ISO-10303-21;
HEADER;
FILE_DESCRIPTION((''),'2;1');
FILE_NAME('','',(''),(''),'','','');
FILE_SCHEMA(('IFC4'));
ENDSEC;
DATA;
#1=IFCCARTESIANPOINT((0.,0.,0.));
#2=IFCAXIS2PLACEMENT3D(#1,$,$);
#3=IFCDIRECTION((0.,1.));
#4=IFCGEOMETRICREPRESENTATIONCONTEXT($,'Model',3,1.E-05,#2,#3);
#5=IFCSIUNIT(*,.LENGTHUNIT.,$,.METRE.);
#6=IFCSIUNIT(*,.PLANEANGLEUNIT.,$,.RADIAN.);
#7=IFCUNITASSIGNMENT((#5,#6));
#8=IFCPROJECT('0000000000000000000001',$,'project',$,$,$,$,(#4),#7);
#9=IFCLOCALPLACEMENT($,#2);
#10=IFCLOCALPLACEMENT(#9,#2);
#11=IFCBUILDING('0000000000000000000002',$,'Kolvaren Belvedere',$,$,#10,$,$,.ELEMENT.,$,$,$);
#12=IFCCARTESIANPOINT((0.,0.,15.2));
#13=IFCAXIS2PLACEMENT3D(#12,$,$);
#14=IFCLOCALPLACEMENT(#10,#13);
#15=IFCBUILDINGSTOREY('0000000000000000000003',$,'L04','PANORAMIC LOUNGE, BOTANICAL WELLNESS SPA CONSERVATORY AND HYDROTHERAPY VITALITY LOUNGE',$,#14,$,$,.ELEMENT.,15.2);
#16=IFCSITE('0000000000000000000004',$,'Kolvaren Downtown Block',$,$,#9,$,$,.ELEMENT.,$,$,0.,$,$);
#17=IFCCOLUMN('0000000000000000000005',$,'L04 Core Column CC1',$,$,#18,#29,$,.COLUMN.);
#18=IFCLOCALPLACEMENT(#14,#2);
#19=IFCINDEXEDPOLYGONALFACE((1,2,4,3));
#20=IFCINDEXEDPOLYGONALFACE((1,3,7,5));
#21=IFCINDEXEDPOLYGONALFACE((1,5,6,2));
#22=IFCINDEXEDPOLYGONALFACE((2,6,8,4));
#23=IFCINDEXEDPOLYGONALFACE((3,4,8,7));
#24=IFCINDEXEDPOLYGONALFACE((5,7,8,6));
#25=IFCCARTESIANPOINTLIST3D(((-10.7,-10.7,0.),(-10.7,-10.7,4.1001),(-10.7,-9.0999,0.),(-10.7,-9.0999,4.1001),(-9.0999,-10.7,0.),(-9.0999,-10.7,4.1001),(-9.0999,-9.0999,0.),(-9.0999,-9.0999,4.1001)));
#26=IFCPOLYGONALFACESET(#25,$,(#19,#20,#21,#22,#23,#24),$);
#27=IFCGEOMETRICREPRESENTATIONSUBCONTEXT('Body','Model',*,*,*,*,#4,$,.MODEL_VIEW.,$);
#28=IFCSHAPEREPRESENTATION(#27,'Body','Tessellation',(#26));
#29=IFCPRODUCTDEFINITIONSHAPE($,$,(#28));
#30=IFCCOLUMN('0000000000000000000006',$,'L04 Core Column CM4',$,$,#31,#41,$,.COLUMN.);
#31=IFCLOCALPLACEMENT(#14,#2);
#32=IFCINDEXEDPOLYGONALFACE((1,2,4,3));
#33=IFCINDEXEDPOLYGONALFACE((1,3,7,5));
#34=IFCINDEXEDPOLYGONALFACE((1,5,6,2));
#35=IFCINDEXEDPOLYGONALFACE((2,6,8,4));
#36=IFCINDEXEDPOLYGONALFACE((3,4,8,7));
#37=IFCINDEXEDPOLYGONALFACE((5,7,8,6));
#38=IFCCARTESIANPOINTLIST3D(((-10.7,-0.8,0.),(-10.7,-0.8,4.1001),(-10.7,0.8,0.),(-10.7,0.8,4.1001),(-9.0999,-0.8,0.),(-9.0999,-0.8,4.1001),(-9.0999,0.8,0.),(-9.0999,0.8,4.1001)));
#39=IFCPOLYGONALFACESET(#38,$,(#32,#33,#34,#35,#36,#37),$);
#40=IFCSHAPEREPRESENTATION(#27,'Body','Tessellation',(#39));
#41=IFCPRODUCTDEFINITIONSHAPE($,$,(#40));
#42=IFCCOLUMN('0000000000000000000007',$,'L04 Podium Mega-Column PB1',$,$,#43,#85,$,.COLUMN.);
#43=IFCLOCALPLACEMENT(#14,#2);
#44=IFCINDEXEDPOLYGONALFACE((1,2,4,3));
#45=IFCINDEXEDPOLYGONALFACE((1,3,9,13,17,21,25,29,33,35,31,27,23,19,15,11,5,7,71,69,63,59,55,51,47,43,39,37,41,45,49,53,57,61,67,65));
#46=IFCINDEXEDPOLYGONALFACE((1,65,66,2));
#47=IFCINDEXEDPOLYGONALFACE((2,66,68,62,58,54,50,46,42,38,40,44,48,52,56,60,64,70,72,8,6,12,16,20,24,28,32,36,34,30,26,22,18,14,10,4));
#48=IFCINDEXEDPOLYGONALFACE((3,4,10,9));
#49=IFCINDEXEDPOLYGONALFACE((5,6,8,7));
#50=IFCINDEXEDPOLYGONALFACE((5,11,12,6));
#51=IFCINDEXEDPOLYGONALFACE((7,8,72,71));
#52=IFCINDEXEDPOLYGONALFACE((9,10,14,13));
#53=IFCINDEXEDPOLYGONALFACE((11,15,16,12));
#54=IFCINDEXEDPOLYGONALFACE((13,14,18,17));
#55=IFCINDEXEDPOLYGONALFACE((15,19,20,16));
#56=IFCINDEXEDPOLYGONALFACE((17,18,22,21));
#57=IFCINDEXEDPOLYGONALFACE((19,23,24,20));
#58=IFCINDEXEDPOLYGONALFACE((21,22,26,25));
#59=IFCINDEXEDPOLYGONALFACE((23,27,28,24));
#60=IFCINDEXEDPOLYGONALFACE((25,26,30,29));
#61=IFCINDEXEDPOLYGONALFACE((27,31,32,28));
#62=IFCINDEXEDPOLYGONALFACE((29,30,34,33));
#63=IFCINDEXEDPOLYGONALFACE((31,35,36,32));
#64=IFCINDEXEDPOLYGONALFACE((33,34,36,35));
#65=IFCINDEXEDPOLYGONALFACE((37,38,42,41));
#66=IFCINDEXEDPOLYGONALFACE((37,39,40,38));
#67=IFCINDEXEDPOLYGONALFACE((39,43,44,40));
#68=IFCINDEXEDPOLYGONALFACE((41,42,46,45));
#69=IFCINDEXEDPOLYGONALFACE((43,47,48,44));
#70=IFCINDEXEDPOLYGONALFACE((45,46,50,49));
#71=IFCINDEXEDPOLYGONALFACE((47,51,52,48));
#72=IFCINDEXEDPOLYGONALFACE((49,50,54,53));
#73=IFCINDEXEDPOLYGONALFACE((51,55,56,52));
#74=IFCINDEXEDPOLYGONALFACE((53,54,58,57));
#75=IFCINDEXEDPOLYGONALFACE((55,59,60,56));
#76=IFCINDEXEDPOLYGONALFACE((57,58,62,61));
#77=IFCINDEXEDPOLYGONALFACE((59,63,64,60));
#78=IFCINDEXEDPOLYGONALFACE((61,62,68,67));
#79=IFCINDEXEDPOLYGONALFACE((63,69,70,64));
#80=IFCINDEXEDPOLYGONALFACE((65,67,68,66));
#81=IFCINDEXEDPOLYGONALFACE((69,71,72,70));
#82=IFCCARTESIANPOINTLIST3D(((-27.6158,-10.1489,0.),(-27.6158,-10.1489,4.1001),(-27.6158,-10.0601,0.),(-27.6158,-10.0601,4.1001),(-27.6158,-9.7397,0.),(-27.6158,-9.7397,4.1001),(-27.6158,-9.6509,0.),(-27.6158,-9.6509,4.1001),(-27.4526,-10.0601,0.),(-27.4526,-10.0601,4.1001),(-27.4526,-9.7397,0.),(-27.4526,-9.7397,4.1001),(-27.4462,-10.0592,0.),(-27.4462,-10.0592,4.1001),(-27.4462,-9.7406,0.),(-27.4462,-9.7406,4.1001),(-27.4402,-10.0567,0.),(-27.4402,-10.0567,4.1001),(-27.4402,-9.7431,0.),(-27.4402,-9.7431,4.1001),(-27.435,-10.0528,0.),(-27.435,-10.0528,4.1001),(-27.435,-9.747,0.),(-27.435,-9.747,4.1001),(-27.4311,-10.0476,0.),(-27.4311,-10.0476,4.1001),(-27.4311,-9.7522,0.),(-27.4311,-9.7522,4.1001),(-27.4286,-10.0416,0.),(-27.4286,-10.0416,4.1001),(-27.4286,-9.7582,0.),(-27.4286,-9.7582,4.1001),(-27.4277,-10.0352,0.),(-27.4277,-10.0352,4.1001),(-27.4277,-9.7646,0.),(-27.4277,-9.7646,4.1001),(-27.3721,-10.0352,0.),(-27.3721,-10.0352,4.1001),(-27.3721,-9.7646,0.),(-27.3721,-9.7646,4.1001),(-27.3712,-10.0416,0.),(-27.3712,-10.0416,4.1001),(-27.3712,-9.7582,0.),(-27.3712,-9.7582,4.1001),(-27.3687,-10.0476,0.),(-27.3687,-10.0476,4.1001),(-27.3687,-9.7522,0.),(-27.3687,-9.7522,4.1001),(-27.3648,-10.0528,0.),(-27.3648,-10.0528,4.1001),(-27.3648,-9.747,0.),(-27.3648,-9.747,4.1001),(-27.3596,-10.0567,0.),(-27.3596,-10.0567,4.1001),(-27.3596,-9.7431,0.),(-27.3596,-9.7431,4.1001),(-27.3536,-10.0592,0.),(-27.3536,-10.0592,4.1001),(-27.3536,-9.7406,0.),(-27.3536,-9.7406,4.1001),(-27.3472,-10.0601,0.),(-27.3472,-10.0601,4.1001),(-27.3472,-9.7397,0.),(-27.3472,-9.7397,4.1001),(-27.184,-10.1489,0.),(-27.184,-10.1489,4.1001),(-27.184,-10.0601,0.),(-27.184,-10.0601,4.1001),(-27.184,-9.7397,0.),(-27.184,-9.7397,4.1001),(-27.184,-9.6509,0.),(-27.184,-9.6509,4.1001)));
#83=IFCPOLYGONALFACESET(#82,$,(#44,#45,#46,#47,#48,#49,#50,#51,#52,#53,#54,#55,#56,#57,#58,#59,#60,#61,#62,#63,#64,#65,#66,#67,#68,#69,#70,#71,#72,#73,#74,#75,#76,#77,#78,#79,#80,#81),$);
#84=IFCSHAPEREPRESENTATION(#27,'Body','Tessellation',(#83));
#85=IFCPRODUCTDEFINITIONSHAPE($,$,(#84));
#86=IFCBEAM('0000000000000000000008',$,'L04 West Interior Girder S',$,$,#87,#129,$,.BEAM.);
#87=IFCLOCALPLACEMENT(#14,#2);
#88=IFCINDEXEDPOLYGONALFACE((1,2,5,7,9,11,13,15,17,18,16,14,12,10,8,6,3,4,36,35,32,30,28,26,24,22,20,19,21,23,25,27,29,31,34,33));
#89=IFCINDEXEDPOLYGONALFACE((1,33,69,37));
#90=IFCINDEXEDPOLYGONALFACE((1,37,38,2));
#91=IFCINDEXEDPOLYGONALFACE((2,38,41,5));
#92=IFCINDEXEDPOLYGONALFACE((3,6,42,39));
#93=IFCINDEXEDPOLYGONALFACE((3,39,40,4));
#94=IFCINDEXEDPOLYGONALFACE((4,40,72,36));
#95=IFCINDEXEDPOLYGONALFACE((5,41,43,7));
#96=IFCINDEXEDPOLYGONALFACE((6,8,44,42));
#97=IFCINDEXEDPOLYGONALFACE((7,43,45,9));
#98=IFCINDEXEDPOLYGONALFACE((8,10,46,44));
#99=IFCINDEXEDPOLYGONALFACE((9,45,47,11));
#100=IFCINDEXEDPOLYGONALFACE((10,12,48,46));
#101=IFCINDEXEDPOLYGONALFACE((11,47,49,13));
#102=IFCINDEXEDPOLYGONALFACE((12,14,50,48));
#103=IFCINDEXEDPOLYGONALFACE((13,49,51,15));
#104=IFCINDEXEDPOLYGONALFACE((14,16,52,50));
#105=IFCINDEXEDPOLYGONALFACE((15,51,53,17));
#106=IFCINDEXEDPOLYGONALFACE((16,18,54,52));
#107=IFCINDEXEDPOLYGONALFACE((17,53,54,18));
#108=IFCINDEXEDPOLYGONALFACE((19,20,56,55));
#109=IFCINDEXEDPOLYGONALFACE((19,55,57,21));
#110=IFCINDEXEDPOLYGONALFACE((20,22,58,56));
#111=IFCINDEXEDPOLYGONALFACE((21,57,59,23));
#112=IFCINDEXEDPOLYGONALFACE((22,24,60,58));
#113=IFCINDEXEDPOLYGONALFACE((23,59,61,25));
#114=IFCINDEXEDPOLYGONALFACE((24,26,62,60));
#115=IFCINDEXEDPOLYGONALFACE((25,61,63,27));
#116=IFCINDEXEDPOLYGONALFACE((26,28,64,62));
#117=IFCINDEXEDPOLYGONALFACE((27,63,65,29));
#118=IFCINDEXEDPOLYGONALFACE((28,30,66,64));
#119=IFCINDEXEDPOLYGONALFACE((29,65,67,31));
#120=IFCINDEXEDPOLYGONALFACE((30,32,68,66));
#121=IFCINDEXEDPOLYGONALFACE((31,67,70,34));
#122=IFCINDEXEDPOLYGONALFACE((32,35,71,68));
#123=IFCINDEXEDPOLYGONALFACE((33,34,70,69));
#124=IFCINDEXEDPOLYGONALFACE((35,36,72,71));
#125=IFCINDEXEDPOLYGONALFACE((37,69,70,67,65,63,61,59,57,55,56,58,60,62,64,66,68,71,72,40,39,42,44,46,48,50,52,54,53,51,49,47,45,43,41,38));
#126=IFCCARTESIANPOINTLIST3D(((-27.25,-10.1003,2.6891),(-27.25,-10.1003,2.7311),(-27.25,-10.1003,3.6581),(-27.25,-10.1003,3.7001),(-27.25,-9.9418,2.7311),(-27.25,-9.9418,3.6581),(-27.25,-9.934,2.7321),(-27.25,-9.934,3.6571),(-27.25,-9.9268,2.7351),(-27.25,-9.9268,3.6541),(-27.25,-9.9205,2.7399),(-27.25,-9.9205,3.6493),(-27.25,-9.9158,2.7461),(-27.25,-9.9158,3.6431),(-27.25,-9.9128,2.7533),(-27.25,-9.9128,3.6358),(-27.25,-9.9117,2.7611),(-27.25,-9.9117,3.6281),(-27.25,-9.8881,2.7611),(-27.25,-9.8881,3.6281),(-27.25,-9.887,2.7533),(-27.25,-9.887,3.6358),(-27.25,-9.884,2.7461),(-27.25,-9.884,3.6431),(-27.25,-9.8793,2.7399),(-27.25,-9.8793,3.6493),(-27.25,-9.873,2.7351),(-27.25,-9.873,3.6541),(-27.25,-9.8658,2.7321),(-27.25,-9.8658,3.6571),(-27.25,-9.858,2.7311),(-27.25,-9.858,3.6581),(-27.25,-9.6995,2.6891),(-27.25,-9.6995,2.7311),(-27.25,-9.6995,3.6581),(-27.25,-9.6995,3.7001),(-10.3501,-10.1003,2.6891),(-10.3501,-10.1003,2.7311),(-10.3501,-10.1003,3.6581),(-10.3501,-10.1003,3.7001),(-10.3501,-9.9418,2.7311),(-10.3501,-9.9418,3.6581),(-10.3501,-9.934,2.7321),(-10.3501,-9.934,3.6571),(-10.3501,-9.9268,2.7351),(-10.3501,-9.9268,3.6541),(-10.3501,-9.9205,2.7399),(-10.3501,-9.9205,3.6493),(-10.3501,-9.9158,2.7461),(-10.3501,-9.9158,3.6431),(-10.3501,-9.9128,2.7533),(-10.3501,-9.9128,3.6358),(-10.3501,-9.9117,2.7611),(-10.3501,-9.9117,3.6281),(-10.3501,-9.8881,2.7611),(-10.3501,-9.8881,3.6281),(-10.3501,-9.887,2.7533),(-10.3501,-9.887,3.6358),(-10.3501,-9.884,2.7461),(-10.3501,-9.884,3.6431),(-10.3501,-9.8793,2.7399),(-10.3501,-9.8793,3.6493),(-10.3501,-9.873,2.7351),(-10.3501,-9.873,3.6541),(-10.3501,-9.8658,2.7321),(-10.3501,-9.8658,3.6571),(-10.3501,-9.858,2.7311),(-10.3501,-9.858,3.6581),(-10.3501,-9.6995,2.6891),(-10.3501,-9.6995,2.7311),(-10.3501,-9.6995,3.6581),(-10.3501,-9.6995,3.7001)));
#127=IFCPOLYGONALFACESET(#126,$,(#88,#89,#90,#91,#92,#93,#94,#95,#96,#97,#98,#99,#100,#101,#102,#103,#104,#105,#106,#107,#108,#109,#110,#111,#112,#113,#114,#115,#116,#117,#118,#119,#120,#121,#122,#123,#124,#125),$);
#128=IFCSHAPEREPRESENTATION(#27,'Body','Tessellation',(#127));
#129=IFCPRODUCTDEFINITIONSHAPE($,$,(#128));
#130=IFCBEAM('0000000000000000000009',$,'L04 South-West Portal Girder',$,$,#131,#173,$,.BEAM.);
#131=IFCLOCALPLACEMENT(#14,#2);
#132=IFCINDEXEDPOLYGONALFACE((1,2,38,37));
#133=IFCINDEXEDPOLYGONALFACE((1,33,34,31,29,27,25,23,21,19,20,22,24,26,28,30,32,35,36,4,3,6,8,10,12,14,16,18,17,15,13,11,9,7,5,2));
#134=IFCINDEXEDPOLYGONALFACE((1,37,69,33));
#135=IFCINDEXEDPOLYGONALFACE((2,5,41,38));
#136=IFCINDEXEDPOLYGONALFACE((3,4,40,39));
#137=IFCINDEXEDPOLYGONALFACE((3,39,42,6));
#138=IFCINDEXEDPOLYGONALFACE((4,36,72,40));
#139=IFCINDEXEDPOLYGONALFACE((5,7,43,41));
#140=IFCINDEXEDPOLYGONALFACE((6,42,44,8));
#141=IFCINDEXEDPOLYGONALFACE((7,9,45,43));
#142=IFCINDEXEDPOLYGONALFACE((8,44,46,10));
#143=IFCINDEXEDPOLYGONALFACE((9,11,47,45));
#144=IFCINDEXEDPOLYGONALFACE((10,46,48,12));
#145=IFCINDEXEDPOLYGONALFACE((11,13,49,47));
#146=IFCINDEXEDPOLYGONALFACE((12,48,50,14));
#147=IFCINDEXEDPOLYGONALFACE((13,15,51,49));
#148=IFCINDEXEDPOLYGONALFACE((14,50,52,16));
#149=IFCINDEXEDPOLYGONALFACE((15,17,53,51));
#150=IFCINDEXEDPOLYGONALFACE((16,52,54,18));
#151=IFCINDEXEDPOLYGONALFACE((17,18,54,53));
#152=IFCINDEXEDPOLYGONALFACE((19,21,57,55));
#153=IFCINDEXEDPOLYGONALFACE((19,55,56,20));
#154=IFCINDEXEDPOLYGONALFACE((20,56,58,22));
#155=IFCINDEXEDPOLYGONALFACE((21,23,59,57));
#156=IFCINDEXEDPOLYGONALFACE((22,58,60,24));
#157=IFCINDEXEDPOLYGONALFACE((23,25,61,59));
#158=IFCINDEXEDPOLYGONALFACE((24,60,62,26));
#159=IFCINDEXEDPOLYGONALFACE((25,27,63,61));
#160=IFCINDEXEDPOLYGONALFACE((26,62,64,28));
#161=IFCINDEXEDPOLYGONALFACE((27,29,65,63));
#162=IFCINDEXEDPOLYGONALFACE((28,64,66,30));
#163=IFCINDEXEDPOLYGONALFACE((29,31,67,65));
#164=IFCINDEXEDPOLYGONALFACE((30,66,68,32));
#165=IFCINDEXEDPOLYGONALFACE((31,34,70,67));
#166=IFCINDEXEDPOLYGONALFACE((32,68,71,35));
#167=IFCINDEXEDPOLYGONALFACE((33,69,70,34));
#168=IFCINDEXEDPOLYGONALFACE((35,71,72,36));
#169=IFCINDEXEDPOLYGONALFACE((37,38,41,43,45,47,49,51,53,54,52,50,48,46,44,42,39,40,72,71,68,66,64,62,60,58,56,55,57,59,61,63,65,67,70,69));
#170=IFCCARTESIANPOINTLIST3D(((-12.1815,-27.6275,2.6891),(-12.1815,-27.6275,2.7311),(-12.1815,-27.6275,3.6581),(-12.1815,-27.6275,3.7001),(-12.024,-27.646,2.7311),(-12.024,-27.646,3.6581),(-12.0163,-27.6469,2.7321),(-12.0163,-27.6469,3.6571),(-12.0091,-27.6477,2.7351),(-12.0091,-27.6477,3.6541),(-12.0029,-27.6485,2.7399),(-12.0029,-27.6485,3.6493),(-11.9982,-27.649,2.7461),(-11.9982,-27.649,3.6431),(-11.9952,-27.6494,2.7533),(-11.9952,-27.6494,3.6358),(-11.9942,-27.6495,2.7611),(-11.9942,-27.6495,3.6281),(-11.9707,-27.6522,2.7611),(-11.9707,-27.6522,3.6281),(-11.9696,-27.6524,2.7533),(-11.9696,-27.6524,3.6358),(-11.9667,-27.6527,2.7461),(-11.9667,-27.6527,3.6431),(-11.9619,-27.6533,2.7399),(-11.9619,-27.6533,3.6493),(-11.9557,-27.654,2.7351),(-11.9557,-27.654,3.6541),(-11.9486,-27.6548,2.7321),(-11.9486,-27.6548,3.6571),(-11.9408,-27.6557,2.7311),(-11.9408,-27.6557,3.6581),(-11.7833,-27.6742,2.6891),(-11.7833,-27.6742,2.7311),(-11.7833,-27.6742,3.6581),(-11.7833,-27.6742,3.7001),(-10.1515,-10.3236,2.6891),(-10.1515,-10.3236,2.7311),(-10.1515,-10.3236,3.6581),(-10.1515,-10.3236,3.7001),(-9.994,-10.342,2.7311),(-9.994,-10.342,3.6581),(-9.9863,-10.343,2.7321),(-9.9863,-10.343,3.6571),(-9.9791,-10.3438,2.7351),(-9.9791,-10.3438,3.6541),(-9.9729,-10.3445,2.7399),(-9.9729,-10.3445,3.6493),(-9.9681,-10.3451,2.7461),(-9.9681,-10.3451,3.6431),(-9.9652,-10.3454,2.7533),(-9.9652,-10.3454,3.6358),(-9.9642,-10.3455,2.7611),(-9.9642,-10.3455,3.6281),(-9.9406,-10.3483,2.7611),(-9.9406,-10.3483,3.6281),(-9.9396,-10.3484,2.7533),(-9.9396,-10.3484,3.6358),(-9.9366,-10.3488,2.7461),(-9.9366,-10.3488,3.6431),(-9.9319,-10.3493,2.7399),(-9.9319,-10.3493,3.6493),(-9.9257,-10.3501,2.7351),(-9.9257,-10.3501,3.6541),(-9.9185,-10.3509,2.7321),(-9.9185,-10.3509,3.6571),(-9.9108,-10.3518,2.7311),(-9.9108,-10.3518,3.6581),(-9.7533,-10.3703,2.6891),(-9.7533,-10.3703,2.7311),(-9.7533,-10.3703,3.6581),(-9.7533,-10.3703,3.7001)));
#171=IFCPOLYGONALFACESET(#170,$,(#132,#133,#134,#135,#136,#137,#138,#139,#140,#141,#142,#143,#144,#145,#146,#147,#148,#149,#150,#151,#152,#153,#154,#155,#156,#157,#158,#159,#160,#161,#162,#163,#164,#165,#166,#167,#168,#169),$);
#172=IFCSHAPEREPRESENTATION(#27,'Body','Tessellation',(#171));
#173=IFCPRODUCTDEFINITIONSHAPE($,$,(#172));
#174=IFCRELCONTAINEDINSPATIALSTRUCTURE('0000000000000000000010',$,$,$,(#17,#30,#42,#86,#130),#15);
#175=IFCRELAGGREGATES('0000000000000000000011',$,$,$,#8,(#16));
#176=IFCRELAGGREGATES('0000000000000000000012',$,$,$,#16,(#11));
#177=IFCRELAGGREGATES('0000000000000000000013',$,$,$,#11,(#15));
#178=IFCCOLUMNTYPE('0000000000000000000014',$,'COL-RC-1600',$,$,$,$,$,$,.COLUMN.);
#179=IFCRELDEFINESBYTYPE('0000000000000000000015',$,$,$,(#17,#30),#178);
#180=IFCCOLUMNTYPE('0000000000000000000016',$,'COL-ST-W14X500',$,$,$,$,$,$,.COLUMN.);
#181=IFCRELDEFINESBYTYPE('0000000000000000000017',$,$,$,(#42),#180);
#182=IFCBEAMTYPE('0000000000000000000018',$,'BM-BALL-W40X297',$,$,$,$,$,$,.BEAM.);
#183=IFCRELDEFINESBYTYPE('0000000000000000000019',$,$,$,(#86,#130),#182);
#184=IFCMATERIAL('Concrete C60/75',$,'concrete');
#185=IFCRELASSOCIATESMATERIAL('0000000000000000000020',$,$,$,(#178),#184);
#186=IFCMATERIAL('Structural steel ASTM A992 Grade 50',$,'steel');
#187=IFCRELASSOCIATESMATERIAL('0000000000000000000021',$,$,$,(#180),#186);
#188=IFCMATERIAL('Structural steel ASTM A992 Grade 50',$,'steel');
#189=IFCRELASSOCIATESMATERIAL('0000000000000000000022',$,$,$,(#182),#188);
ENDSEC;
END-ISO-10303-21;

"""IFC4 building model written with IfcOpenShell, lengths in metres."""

from ifc_helpers import new_model, si_unit, direction, frame, origin, origin_2d, place, context, subcontext, project, spatial, rectangle, i_section, extrude, material, material_profile, profile_set, type_object, element, save


model = new_model("IFC4")

# Units and contexts
model_context = context("Model", 3, precision=1e-05, world=origin(), true_north=direction((0.0, 1.0)))
body_context = subcontext(model_context, "Body", "Model", "MODEL_VIEW")
ifc_project = project(units=[si_unit("LENGTHUNIT", "METRE"), si_unit("PLANEANGLEUNIT", "RADIAN")], contexts=[model_context])

# Site, building, storey
site_placement = place(None, origin())
site = spatial("IfcSite", under=ifc_project, at=site_placement, Name="Kolvaren Downtown Block", CompositionType="ELEMENT", RefElevation=0.0)
building_placement = place(site_placement, origin())
building = spatial("IfcBuilding", under=site, at=building_placement, Name="Kolvaren Belvedere", CompositionType="ELEMENT")
storey_placement = place(building_placement, frame((0.0, 0.0, 15.2)))
storey = spatial("IfcBuildingStorey", under=building, at=storey_placement, Name="L04", Description="PANORAMIC LOUNGE, BOTANICAL WELLNESS SPA CONSERVATORY AND HYDROTHERAPY VITALITY LOUNGE", CompositionType="ELEMENT", Elevation=15.2)

# Columns
ifc_material_1 = material(Name="Concrete C60/75", Category="concrete")
ifc_material_profile_1 = material_profile(ifc_material_1, rectangle(XDim=1.6001, YDim=1.6001, at=origin_2d()), Name="RC 1600X1600")
ifc_profile_set_1 = profile_set([ifc_material_profile_1], Name="Concrete C60/75")
column_type_1 = type_object("IfcColumnType", Name="COL-RC-1600", PredefinedType="COLUMN", material=ifc_profile_set_1)
for number, where, z_axis, x_axis, name in (
    (1, (-9.8999, -9.8999, 0.0), (0.0, 0.0, 1.0), (1.0, 0.0, 0.0), "L04 Core Column CC1"),
    (2, (-9.8999, 0.0, 0.0), (0.0, 0.0, 1.0), (1.0, 0.0, 0.0), "L04 Core Column CM4"),
):
    element("IfcColumn", number, at=place(storey_placement, frame(where, z_axis=z_axis, x_axis=x_axis)), inside=storey, type_object=column_type_1, Name=name, PredefinedType="COLUMN", context=body_context, shape_type="SweptSolid", body=[
        extrude(rectangle(XDim=1.6001, YDim=1.6001, at=origin_2d()), origin(), (0.0, 0.0, 1.0), 4.1001),
    ])
ifc_material_2 = material(Name="Structural steel ASTM A992 Grade 50", Category="steel")
ifc_material_profile_2 = material_profile(ifc_material_2, i_section(OverallWidth=0.4319, OverallDepth=0.498, WebThickness=0.0557, FlangeThickness=0.0889, FilletRadius=0.0249, at=origin_2d()), Name="W14X500")
ifc_profile_set_2 = profile_set([ifc_material_profile_2], Name="Structural steel ASTM A992 Grade 50")
column_type_2 = type_object("IfcColumnType", Name="COL-ST-W14X500", PredefinedType="COLUMN", material=ifc_profile_set_2)
column_placement = place(storey_placement, frame((-27.3999, -9.8999, 0.0), z_axis=(0.0, 0.0, 1.0), x_axis=(1.0, 0.0, 0.0)))
element("IfcColumn", 3, at=column_placement, inside=storey, type_object=column_type_2, Name="L04 Podium Mega-Column PB1", PredefinedType="COLUMN", context=body_context, shape_type="SweptSolid", body=[
    extrude(i_section(OverallWidth=0.4319, OverallDepth=0.498, WebThickness=0.0557, FlangeThickness=0.0889, FilletRadius=0.0249, at=origin_2d()), origin(), (0.0, 0.0, 1.0), 4.1001),
])

# Beams
ifc_material_3 = material(Name="Structural steel ASTM A992 Grade 50", Category="steel")
ifc_material_profile_3 = material_profile(ifc_material_3, i_section(OverallWidth=0.4009, OverallDepth=1.011, WebThickness=0.0237, FlangeThickness=0.042, FilletRadius=0.03, at=origin_2d()), Name="W40X297")
ifc_profile_set_3 = profile_set([ifc_material_profile_3], Name="Structural steel ASTM A992 Grade 50")
beam_type_1 = type_object("IfcBeamType", Name="BM-BALL-W40X297", PredefinedType="BEAM", material=ifc_profile_set_3)
beam_1_placement = place(storey_placement, frame((-27.25, -9.8999, 3.1946), z_axis=(1.0, 0.0, 0.0), x_axis=(0.0, 1.0, 0.0)))
element("IfcBeam", 4, at=beam_1_placement, inside=storey, type_object=beam_type_1, Name="L04 West Interior Girder S", PredefinedType="BEAM", context=body_context, shape_type="SweptSolid", body=[
    extrude(i_section(OverallWidth=0.4009, OverallDepth=1.011, WebThickness=0.0237, FlangeThickness=0.042, FilletRadius=0.03, at=origin_2d()), origin(), (0.0, 0.0, 1.0), 16.8999),
])
beam_2_placement = place(storey_placement, frame((-9.9524, -10.3469, 3.1946), z_axis=(-0.116517, -0.993189, 0.0), x_axis=(0.993189, -0.116517, 0.0)))
element("IfcBeam", 5, at=beam_2_placement, inside=storey, type_object=beam_type_1, Name="L04 South-West Portal Girder", PredefinedType="BEAM", context=body_context, shape_type="SweptSolid", body=[
    extrude(i_section(OverallWidth=0.4009, OverallDepth=1.011, WebThickness=0.0237, FlangeThickness=0.042, FilletRadius=0.03, at=origin_2d()), origin(), (0.0, 0.0, 1.0), 17.4226),
])

save(model, "model.ifc")
